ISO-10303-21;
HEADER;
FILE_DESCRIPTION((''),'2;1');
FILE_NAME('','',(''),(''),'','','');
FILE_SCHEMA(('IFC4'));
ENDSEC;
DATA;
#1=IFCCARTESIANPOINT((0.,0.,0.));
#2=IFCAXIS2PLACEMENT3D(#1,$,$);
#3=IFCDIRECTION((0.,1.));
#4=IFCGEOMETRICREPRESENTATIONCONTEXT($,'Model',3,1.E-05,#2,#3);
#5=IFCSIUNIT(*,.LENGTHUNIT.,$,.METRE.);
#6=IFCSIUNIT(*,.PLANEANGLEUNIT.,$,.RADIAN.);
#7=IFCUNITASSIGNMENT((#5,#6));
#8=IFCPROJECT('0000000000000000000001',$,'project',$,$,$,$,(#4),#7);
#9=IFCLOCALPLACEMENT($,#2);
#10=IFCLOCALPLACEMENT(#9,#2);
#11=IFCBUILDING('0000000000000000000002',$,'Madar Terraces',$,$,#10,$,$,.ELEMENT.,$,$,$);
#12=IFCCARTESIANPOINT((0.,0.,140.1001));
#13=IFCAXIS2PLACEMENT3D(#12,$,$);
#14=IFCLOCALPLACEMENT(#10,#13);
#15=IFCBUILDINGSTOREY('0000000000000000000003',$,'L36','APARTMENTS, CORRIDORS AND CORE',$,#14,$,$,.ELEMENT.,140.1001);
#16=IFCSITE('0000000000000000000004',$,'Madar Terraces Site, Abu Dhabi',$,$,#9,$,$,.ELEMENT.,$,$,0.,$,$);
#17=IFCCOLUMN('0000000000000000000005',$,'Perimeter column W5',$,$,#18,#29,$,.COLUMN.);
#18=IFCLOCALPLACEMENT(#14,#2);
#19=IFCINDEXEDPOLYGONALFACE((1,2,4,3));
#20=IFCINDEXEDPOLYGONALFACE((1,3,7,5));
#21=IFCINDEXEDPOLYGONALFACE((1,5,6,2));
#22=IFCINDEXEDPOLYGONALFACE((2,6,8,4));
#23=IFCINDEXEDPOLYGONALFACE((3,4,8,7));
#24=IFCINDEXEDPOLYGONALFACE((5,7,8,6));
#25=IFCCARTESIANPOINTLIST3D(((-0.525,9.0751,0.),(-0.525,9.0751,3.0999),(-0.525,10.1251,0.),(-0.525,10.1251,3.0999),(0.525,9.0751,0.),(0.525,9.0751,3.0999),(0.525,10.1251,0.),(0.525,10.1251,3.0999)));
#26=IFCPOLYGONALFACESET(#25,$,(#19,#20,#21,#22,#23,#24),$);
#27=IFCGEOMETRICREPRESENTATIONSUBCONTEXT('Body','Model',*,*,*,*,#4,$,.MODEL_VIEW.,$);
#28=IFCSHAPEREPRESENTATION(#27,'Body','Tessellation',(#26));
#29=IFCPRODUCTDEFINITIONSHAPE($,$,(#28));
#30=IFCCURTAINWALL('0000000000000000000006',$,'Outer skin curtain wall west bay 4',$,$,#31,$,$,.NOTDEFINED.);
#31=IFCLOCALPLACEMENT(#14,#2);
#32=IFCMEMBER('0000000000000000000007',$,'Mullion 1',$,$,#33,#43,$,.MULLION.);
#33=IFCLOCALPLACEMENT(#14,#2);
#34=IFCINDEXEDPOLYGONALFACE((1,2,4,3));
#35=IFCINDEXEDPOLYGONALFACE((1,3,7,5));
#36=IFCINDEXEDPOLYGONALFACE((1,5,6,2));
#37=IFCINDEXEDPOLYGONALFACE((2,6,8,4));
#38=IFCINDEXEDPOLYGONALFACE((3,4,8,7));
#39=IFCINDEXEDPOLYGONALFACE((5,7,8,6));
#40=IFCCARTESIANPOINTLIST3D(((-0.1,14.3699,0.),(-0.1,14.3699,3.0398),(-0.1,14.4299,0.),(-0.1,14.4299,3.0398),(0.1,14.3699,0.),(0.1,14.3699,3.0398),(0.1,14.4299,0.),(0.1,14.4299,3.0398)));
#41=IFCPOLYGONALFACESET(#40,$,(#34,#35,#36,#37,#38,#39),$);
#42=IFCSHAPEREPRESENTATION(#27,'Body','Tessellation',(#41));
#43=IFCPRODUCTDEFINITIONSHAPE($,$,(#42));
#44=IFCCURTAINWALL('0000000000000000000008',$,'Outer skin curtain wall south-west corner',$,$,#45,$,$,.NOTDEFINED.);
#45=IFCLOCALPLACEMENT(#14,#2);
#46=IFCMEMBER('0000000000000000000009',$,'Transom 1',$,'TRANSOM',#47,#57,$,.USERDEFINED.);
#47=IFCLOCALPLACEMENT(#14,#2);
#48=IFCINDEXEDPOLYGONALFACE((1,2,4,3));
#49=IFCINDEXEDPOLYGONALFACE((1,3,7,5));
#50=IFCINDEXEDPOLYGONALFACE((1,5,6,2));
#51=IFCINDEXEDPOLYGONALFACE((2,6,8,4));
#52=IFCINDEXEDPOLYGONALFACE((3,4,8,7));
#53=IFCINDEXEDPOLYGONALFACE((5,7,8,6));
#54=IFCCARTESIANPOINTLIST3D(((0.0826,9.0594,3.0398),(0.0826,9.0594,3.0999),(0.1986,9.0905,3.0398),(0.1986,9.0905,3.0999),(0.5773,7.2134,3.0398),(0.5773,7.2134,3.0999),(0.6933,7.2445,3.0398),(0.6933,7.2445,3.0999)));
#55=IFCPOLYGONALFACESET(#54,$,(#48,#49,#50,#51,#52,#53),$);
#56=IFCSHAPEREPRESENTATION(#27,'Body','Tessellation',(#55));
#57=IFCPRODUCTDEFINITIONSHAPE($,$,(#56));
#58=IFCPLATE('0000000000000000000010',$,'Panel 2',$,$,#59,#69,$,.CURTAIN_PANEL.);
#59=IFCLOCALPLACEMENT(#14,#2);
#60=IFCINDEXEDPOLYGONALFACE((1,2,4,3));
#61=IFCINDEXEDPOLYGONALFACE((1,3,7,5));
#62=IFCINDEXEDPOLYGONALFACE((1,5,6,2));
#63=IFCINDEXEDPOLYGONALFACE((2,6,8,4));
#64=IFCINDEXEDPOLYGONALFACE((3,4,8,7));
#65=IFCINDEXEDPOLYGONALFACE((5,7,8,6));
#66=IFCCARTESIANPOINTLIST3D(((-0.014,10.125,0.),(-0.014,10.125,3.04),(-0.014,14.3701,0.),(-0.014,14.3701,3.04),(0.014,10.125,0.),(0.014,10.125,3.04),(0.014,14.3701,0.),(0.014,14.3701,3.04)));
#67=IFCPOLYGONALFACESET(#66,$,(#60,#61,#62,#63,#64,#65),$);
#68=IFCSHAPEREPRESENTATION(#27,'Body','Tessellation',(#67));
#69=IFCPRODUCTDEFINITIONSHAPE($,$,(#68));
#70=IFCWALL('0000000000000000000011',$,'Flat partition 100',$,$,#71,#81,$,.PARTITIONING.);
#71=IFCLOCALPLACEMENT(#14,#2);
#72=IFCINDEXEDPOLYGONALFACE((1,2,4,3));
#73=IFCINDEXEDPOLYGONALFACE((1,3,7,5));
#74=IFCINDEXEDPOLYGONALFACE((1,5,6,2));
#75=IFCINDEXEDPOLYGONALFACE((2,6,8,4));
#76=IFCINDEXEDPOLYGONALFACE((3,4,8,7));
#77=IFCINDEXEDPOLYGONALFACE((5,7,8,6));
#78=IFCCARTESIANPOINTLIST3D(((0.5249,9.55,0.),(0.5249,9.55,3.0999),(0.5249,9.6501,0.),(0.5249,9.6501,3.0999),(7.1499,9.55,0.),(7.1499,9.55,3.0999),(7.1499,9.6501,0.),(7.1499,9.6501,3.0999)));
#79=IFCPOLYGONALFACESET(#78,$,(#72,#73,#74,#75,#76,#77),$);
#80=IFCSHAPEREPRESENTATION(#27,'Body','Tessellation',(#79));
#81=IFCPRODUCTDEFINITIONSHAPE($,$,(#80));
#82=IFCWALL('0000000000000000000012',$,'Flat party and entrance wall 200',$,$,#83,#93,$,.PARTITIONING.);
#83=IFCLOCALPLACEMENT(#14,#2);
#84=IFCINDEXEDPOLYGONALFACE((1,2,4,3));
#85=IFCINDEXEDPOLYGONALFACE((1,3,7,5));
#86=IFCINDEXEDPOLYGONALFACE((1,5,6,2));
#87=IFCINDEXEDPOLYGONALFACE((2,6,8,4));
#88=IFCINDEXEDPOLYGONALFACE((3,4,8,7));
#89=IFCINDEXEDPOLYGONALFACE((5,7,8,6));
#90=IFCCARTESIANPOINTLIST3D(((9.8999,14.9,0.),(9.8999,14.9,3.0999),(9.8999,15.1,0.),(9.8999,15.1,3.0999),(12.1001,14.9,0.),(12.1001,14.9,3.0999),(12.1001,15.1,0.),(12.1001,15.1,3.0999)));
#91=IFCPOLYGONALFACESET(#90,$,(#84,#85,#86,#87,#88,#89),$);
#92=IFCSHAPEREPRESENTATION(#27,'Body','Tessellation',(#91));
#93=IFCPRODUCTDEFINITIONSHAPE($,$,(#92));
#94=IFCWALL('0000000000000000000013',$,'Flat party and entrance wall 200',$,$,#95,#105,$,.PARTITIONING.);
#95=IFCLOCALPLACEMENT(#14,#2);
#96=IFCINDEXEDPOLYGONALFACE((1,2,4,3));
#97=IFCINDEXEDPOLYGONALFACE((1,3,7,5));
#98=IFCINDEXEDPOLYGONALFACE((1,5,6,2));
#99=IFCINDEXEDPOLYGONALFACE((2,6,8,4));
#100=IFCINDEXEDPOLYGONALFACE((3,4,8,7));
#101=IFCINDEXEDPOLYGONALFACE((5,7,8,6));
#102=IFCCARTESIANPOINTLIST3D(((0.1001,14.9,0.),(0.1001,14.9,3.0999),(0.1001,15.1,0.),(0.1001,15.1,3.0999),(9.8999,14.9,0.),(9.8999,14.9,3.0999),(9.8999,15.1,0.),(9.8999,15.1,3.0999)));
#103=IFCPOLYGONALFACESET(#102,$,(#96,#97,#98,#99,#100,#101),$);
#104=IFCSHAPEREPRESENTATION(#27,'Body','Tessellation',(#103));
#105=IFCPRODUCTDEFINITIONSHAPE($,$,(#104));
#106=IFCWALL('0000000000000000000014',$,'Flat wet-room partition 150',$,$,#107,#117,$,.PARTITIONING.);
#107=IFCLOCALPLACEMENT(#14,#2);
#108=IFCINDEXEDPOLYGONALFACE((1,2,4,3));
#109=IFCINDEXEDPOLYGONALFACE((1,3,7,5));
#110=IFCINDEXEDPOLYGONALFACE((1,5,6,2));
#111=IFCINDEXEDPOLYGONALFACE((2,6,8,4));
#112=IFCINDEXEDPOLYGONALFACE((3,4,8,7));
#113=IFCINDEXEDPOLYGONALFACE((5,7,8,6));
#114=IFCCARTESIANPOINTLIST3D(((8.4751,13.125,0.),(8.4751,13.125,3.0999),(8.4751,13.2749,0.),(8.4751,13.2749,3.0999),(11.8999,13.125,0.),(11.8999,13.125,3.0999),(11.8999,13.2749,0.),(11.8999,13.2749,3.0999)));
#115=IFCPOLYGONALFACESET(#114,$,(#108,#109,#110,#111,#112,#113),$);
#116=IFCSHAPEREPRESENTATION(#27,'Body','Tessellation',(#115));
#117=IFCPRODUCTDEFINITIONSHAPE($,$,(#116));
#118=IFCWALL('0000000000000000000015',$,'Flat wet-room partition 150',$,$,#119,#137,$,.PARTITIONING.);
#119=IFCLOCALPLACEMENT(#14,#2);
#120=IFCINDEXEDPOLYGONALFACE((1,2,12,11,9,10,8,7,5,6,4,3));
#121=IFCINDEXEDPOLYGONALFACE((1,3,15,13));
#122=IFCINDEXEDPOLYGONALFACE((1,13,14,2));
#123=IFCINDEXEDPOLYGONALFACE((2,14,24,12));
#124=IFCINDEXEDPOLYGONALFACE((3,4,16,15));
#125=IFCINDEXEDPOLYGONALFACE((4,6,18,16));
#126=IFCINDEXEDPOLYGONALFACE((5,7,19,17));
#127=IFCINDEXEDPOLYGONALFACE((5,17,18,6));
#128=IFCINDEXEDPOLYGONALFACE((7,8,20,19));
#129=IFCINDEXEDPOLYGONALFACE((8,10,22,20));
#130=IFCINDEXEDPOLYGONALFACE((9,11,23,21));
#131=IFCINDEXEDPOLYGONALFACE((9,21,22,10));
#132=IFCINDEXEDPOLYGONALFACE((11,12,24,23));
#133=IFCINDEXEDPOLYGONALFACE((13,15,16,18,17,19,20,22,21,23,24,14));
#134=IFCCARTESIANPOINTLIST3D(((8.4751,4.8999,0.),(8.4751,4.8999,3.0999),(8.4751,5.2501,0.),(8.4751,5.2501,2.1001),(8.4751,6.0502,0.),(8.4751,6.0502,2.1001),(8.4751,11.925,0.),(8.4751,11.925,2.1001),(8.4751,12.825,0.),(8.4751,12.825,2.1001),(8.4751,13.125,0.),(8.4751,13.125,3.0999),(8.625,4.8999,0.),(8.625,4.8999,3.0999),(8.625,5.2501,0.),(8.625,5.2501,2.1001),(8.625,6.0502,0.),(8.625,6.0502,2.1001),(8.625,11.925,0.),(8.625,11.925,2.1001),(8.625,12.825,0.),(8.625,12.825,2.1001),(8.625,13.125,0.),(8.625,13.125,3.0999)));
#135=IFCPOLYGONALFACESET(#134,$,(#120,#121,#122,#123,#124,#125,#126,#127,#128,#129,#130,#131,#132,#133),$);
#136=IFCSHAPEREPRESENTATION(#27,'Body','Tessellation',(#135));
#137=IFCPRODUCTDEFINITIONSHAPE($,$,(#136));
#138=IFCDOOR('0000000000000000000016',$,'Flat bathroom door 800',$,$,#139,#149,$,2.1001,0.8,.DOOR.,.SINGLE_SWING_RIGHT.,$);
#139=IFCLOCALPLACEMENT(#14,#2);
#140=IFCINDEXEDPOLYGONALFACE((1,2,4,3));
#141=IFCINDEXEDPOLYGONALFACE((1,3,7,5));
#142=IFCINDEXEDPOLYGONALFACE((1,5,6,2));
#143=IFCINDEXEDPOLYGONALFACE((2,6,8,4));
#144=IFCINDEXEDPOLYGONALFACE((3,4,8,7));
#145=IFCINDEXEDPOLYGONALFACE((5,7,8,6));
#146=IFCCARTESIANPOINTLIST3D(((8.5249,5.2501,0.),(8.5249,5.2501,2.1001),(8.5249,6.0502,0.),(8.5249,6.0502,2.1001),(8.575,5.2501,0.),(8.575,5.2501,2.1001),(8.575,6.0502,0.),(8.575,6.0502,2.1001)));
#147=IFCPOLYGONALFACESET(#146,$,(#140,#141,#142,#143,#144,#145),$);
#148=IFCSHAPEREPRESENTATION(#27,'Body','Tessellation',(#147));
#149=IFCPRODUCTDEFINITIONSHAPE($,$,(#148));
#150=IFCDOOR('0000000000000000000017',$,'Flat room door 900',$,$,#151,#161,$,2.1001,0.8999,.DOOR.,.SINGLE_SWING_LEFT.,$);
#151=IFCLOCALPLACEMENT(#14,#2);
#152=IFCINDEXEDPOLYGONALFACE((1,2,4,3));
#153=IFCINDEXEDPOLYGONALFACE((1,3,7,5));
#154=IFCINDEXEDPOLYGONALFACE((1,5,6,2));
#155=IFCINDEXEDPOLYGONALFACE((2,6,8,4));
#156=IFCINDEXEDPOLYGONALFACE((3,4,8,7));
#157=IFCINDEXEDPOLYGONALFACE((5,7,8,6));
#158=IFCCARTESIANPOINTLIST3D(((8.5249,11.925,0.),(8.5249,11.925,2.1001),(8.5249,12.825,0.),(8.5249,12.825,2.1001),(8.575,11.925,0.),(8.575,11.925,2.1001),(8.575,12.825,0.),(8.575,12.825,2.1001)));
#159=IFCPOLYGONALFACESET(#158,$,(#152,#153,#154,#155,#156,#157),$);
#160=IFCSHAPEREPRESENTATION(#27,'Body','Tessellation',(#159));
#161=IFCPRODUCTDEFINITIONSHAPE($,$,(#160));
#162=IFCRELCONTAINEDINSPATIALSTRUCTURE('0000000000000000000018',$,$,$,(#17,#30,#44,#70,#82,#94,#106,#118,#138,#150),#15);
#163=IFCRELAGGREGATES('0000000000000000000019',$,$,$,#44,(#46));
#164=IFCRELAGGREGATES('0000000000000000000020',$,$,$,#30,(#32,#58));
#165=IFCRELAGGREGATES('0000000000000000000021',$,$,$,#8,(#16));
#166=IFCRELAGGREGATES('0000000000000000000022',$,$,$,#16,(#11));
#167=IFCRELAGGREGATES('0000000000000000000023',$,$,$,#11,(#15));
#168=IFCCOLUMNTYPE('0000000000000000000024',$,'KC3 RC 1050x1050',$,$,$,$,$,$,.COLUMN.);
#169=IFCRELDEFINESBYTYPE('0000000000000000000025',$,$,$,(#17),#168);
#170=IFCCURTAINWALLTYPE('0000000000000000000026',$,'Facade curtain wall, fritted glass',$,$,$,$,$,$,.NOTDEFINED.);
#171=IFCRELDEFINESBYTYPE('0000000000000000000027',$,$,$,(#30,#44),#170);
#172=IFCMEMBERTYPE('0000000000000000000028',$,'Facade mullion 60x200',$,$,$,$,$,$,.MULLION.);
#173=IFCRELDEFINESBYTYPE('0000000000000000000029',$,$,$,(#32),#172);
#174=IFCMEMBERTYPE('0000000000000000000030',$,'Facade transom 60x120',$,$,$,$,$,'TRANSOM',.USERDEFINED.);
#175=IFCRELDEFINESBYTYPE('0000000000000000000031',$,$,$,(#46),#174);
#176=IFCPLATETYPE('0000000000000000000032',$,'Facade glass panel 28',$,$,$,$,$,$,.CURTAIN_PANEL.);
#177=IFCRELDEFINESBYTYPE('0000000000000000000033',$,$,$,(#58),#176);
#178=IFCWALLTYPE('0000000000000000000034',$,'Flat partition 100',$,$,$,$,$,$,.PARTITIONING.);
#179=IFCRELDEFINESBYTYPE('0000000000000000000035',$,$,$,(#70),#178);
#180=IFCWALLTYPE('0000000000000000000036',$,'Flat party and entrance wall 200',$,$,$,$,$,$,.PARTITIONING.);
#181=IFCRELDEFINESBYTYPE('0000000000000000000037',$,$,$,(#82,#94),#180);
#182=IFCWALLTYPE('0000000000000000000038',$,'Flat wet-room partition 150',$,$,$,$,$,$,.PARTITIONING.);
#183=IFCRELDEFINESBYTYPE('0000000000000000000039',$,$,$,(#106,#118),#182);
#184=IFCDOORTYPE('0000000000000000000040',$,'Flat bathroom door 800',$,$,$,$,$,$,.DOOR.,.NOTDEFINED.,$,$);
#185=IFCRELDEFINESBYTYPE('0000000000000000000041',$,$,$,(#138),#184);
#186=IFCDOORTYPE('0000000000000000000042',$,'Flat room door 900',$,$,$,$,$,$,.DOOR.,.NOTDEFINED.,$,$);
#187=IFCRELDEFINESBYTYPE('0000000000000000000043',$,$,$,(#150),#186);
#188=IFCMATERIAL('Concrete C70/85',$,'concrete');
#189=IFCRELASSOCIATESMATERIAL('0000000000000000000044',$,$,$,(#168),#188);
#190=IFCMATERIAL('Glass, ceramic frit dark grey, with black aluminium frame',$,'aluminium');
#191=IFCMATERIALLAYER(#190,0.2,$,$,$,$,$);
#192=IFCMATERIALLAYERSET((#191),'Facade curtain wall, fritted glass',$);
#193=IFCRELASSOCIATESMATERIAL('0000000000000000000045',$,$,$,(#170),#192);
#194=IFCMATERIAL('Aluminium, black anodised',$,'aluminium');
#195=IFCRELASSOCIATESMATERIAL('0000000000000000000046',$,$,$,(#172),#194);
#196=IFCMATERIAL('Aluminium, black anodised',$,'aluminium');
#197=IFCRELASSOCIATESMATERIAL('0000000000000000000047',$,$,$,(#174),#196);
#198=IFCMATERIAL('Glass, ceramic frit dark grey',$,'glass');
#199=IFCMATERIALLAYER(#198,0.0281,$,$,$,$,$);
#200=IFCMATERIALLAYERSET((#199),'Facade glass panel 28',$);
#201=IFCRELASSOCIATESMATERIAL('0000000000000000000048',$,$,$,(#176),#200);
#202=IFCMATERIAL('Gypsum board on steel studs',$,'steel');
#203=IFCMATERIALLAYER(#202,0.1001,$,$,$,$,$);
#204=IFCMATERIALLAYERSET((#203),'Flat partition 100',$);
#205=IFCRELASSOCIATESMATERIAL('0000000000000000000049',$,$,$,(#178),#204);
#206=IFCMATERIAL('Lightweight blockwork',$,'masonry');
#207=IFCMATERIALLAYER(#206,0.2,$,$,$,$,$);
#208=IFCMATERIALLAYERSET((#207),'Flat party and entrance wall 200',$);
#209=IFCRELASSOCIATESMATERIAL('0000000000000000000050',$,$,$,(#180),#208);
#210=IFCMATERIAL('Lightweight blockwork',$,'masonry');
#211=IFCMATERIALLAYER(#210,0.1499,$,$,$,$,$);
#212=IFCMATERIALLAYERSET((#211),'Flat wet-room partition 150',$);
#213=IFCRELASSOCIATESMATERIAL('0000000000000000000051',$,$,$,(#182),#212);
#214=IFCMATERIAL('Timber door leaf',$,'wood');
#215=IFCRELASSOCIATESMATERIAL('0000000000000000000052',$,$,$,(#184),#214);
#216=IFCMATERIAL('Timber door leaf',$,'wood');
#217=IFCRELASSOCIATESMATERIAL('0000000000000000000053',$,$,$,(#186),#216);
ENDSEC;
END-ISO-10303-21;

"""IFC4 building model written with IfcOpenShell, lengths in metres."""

from ifc_helpers import new_model, si_unit, direction, frame, frame_2d, origin, origin_2d, place, context, subcontext, project, spatial, rectangle, extrude, material, layer, layer_set, material_profile, profile_set, type_object, element, fill, aggregate, save


model = new_model("IFC4")

# Units and contexts
model_context = context("Model", 3, precision=1e-05, world=origin(), true_north=direction((0.0, 1.0)))
body_context = subcontext(model_context, "Body", "Model", "MODEL_VIEW")
ifc_project = project(units=[si_unit("LENGTHUNIT", "METRE"), si_unit("PLANEANGLEUNIT", "RADIAN")], contexts=[model_context])

# Site, building, storey
site_placement = place(None, origin())
site = spatial("IfcSite", under=ifc_project, at=site_placement, Name="Madar Terraces Site, Abu Dhabi", CompositionType="ELEMENT", RefElevation=0.0)
building_placement = place(site_placement, origin())
building = spatial("IfcBuilding", under=site, at=building_placement, Name="Madar Terraces", CompositionType="ELEMENT")
storey_placement = place(building_placement, frame((0.0, 0.0, 140.1001)))
storey = spatial("IfcBuildingStorey", under=building, at=storey_placement, Name="L36", Description="APARTMENTS, CORRIDORS AND CORE", CompositionType="ELEMENT", Elevation=140.1001)

# Column
ifc_material_1 = material(Name="Concrete C70/85", Category="concrete")
ifc_material_profile_1 = material_profile(ifc_material_1, rectangle(XDim=1.05, YDim=1.05, at=origin_2d()), Name="KC3 RC 1050x1050")
ifc_profile_set_1 = profile_set([ifc_material_profile_1], Name="Concrete C70/85")
column_type = type_object("IfcColumnType", Name="KC3 RC 1050x1050", PredefinedType="COLUMN", material=ifc_profile_set_1)
column_placement = place(storey_placement, frame((0.0, 9.6001, 0.0), z_axis=(0.0, 0.0, 1.0), x_axis=(1.0, 0.0, 0.0)))
element("IfcColumn", 1, at=column_placement, inside=storey, type_object=column_type, Name="Perimeter column W5", PredefinedType="COLUMN", context=body_context, shape_type="SweptSolid", body=[
    extrude(rectangle(XDim=1.05, YDim=1.05, at=origin_2d()), origin(), (0.0, 0.0, 1.0), 3.0999),
])

# Curtain walls, members
ifc_material_2 = material(Name="Glass, ceramic frit dark grey, with black aluminium frame", Category="aluminium")
ifc_layer_1 = layer(ifc_material_2, 0.2)
ifc_layer_set_1 = layer_set([ifc_layer_1], Name="Facade curtain wall, fritted glass")
curtain_wall_type = type_object("IfcCurtainWallType", Name="Facade curtain wall, fritted glass", PredefinedType="NOTDEFINED", material=ifc_layer_set_1)
curtain_wall_1_placement = place(storey_placement, origin())
curtain_wall_1 = element("IfcCurtainWall", 2, at=curtain_wall_1_placement, inside=storey, type_object=curtain_wall_type, Name="Outer skin curtain wall west bay 4", PredefinedType="NOTDEFINED")
ifc_material_3 = material(Name="Aluminium, black anodised", Category="aluminium")
ifc_material_profile_2 = material_profile(ifc_material_3, rectangle(XDim=0.2, YDim=0.0601, at=origin_2d()), Name="Facade mullion 60x200")
ifc_profile_set_2 = profile_set([ifc_material_profile_2], Name="Aluminium, black anodised")
member_type_1 = type_object("IfcMemberType", Name="Facade mullion 60x200", PredefinedType="MULLION", material=ifc_profile_set_2)
member_1_placement = place(storey_placement, frame((0.0, 14.3999, 0.0), z_axis=(0.0, 0.0, 1.0), x_axis=(1.0, 0.0, 0.0)))
member_1 = element("IfcMember", 3, at=member_1_placement, type_object=member_type_1, Name="Mullion 1", PredefinedType="MULLION", context=body_context, shape_type="SweptSolid", body=[
    extrude(rectangle(XDim=0.2, YDim=0.0601, at=origin_2d()), origin(), (0.0, 0.0, 1.0), 3.0398),
])
curtain_wall_2_placement = place(storey_placement, origin())
curtain_wall_2 = element("IfcCurtainWall", 4, at=curtain_wall_2_placement, inside=storey, type_object=curtain_wall_type, Name="Outer skin curtain wall south-west corner", PredefinedType="NOTDEFINED")
ifc_material_4 = material(Name="Aluminium, black anodised", Category="aluminium")
ifc_material_profile_3 = material_profile(ifc_material_4, rectangle(XDim=0.1201, YDim=0.0601, at=origin_2d()), Name="Facade transom 60x120")
ifc_profile_set_3 = profile_set([ifc_material_profile_3], Name="Aluminium, black anodised")
member_type_2 = type_object("IfcMemberType", Name="Facade transom 60x120", ElementType="TRANSOM", PredefinedType="USERDEFINED", material=ifc_profile_set_3)
member_2_placement = place(storey_placement, frame((0.1406, 9.075, 3.0698), z_axis=(0.258823, -0.965925, 0.0), x_axis=(0.965925, 0.258823, 0.0)))
member_2 = element("IfcMember", 5, at=member_2_placement, type_object=member_type_2, Name="Transom 1", ObjectType="TRANSOM", PredefinedType="USERDEFINED", context=body_context, shape_type="SweptSolid", body=[
    extrude(rectangle(XDim=0.1201, YDim=0.0601, at=origin_2d()), origin(), (0.0, 0.0, 1.0), 1.9111),
])
aggregate(curtain_wall_2, [member_2])

# Plate
ifc_material_5 = material(Name="Glass, ceramic frit dark grey", Category="glass")
ifc_layer_2 = layer(ifc_material_5, 0.0281)
ifc_layer_set_2 = layer_set([ifc_layer_2], Name="Facade glass panel 28")
plate_type = type_object("IfcPlateType", Name="Facade glass panel 28", PredefinedType="CURTAIN_PANEL", material=ifc_layer_set_2)
plate_placement = place(storey_placement, frame((0.0, 12.2476, 0.0), z_axis=(0.0, 0.0, 1.0), x_axis=(0.0, -1.0, 0.0)))
plate = element("IfcPlate", 6, at=plate_placement, type_object=plate_type, Name="Panel 2", PredefinedType="CURTAIN_PANEL", context=body_context, shape_type="SweptSolid", body=[
    extrude(rectangle(XDim=4.2451, YDim=0.0281, at=origin_2d()), origin(), (0.0, 0.0, 1.0), 3.04),
])
aggregate(curtain_wall_1, [member_1, plate])

# Walls
ifc_material_6 = material(Name="Gypsum board on steel studs", Category="steel")
ifc_layer_3 = layer(ifc_material_6, 0.1001)
ifc_layer_set_3 = layer_set([ifc_layer_3], Name="Flat partition 100")
wall_type_1 = type_object("IfcWallType", Name="Flat partition 100", PredefinedType="PARTITIONING", material=ifc_layer_set_3)
wall_1_placement = place(storey_placement, frame((7.1499, 9.6001, 0.0), z_axis=(0.0, 0.0, 1.0), x_axis=(-1.0, 0.0, 0.0)))
element("IfcWall", 7, at=wall_1_placement, inside=storey, type_object=wall_type_1, Name="Flat partition 100", PredefinedType="PARTITIONING", context=body_context, shape_type="SweptSolid", body=[
    extrude(rectangle(XDim=6.625, YDim=0.1001, at=frame_2d((3.3125, 0.0))), origin(), (0.0, 0.0, 1.0), 3.0999),
])
ifc_material_7 = material(Name="Lightweight blockwork", Category="masonry")
ifc_layer_4 = layer(ifc_material_7, 0.2)
ifc_layer_set_4 = layer_set([ifc_layer_4], Name="Flat party and entrance wall 200")
wall_type_2 = type_object("IfcWallType", Name="Flat party and entrance wall 200", PredefinedType="PARTITIONING", material=ifc_layer_set_4)
wall_2_placement = place(storey_placement, frame((9.8999, 15.0, 0.0), z_axis=(0.0, 0.0, 1.0), x_axis=(1.0, 0.0, 0.0)))
element("IfcWall", 8, at=wall_2_placement, inside=storey, type_object=wall_type_2, Name="Flat party and entrance wall 200", PredefinedType="PARTITIONING", context=body_context, shape_type="SweptSolid", body=[
    extrude(rectangle(XDim=2.2002, YDim=0.2, at=frame_2d((1.1001, 0.0))), origin(), (0.0, 0.0, 1.0), 3.0999),
])
wall_3_placement = place(storey_placement, frame((0.1001, 15.0, 0.0), z_axis=(0.0, 0.0, 1.0), x_axis=(1.0, 0.0, 0.0)))
element("IfcWall", 9, at=wall_3_placement, inside=storey, type_object=wall_type_2, Name="Flat party and entrance wall 200", PredefinedType="PARTITIONING", context=body_context, shape_type="SweptSolid", body=[
    extrude(rectangle(XDim=9.7998, YDim=0.2, at=frame_2d((4.8999, 0.0))), origin(), (0.0, 0.0, 1.0), 3.0999),
])
ifc_material_8 = material(Name="Lightweight blockwork", Category="masonry")
ifc_layer_5 = layer(ifc_material_8, 0.1499)
ifc_layer_set_5 = layer_set([ifc_layer_5], Name="Flat wet-room partition 150")
wall_type_3 = type_object("IfcWallType", Name="Flat wet-room partition 150", PredefinedType="PARTITIONING", material=ifc_layer_set_5)
wall_4_placement = place(storey_placement, frame((11.8999, 13.2, 0.0), z_axis=(0.0, 0.0, 1.0), x_axis=(-1.0, 0.0, 0.0)))
element("IfcWall", 10, at=wall_4_placement, inside=storey, type_object=wall_type_3, Name="Flat wet-room partition 150", PredefinedType="PARTITIONING", context=body_context, shape_type="SweptSolid", body=[
    extrude(rectangle(XDim=3.4248, YDim=0.1499, at=frame_2d((1.7124, 0.0))), origin(), (0.0, 0.0, 1.0), 3.0999),
])

# Wall, openings, doors
wall_5_placement = place(storey_placement, frame((8.55, 13.125, 0.0), z_axis=(0.0, 0.0, 1.0), x_axis=(0.0, -1.0, 0.0)))
wall_5 = element("IfcWall", 11, at=wall_5_placement, inside=storey, type_object=wall_type_3, Name="Flat wet-room partition 150", PredefinedType="PARTITIONING", context=body_context, shape_type="SweptSolid", body=[
    extrude(rectangle(XDim=8.2251, YDim=0.1499, at=frame_2d((4.1125, 0.0))), origin(), (0.0, 0.0, 1.0), 3.0999),
])
opening_1_placement = place(wall_5_placement, frame((0.3, 0.0, 0.0)))
opening_1 = element("IfcOpeningElement", 12, at=opening_1_placement, cuts=wall_5, PredefinedType="OPENING", context=body_context, shape_type="SweptSolid", body=[
    extrude(rectangle(XDim=0.8999, YDim=2.1001, at=frame_2d((0.45, 1.05))), frame((0.0, 0.085, 0.0), z_axis=(0.0, -1.0, 0.0), x_axis=(1.0, 0.0, 0.0)), (0.0, 0.0, 1.0), 0.1699),
])
opening_2_placement = place(wall_5_placement, frame((7.075, 0.0, 0.0)))
opening_2 = element("IfcOpeningElement", 13, at=opening_2_placement, cuts=wall_5, PredefinedType="OPENING", context=body_context, shape_type="SweptSolid", body=[
    extrude(rectangle(XDim=0.8, YDim=2.1001, at=frame_2d((0.3999, 1.05))), frame((0.0, 0.085, 0.0), z_axis=(0.0, -1.0, 0.0), x_axis=(1.0, 0.0, 0.0)), (0.0, 0.0, 1.0), 0.1699),
])
ifc_material_9 = material(Name="Timber door leaf", Category="wood")
door_type_1 = type_object("IfcDoorType", Name="Flat bathroom door 800", OperationType="NOTDEFINED", PredefinedType="DOOR", material=ifc_material_9)
door_1_placement = place(opening_2_placement, origin())
door_1 = element("IfcDoor", 14, at=door_1_placement, inside=storey, type_object=door_type_1, Name="Flat bathroom door 800", OperationType="SINGLE_SWING_RIGHT", OverallHeight=2.1001, OverallWidth=0.8, PredefinedType="DOOR", context=body_context, shape_type="SweptSolid", body=[
    extrude(rectangle(XDim=0.8, YDim=2.1001, at=frame_2d((0.3999, 1.05))), frame((0.0, 0.0249, 0.0), z_axis=(0.0, -1.0, 0.0), x_axis=(1.0, 0.0, 0.0)), (0.0, 0.0, 1.0), 0.05),
])
fill(opening_2, door_1)
ifc_material_10 = material(Name="Timber door leaf", Category="wood")
door_type_2 = type_object("IfcDoorType", Name="Flat room door 900", OperationType="NOTDEFINED", PredefinedType="DOOR", material=ifc_material_10)
door_2_placement = place(opening_1_placement, origin())
door_2 = element("IfcDoor", 15, at=door_2_placement, inside=storey, type_object=door_type_2, Name="Flat room door 900", OperationType="SINGLE_SWING_LEFT", OverallHeight=2.1001, OverallWidth=0.8999, PredefinedType="DOOR", context=body_context, shape_type="SweptSolid", body=[
    extrude(rectangle(XDim=0.8999, YDim=2.1001, at=frame_2d((0.45, 1.05))), frame((0.0, 0.0249, 0.0), z_axis=(0.0, -1.0, 0.0), x_axis=(1.0, 0.0, 0.0)), (0.0, 0.0, 1.0), 0.05),
])
fill(opening_1, door_2)

save(model, "model.ifc")
